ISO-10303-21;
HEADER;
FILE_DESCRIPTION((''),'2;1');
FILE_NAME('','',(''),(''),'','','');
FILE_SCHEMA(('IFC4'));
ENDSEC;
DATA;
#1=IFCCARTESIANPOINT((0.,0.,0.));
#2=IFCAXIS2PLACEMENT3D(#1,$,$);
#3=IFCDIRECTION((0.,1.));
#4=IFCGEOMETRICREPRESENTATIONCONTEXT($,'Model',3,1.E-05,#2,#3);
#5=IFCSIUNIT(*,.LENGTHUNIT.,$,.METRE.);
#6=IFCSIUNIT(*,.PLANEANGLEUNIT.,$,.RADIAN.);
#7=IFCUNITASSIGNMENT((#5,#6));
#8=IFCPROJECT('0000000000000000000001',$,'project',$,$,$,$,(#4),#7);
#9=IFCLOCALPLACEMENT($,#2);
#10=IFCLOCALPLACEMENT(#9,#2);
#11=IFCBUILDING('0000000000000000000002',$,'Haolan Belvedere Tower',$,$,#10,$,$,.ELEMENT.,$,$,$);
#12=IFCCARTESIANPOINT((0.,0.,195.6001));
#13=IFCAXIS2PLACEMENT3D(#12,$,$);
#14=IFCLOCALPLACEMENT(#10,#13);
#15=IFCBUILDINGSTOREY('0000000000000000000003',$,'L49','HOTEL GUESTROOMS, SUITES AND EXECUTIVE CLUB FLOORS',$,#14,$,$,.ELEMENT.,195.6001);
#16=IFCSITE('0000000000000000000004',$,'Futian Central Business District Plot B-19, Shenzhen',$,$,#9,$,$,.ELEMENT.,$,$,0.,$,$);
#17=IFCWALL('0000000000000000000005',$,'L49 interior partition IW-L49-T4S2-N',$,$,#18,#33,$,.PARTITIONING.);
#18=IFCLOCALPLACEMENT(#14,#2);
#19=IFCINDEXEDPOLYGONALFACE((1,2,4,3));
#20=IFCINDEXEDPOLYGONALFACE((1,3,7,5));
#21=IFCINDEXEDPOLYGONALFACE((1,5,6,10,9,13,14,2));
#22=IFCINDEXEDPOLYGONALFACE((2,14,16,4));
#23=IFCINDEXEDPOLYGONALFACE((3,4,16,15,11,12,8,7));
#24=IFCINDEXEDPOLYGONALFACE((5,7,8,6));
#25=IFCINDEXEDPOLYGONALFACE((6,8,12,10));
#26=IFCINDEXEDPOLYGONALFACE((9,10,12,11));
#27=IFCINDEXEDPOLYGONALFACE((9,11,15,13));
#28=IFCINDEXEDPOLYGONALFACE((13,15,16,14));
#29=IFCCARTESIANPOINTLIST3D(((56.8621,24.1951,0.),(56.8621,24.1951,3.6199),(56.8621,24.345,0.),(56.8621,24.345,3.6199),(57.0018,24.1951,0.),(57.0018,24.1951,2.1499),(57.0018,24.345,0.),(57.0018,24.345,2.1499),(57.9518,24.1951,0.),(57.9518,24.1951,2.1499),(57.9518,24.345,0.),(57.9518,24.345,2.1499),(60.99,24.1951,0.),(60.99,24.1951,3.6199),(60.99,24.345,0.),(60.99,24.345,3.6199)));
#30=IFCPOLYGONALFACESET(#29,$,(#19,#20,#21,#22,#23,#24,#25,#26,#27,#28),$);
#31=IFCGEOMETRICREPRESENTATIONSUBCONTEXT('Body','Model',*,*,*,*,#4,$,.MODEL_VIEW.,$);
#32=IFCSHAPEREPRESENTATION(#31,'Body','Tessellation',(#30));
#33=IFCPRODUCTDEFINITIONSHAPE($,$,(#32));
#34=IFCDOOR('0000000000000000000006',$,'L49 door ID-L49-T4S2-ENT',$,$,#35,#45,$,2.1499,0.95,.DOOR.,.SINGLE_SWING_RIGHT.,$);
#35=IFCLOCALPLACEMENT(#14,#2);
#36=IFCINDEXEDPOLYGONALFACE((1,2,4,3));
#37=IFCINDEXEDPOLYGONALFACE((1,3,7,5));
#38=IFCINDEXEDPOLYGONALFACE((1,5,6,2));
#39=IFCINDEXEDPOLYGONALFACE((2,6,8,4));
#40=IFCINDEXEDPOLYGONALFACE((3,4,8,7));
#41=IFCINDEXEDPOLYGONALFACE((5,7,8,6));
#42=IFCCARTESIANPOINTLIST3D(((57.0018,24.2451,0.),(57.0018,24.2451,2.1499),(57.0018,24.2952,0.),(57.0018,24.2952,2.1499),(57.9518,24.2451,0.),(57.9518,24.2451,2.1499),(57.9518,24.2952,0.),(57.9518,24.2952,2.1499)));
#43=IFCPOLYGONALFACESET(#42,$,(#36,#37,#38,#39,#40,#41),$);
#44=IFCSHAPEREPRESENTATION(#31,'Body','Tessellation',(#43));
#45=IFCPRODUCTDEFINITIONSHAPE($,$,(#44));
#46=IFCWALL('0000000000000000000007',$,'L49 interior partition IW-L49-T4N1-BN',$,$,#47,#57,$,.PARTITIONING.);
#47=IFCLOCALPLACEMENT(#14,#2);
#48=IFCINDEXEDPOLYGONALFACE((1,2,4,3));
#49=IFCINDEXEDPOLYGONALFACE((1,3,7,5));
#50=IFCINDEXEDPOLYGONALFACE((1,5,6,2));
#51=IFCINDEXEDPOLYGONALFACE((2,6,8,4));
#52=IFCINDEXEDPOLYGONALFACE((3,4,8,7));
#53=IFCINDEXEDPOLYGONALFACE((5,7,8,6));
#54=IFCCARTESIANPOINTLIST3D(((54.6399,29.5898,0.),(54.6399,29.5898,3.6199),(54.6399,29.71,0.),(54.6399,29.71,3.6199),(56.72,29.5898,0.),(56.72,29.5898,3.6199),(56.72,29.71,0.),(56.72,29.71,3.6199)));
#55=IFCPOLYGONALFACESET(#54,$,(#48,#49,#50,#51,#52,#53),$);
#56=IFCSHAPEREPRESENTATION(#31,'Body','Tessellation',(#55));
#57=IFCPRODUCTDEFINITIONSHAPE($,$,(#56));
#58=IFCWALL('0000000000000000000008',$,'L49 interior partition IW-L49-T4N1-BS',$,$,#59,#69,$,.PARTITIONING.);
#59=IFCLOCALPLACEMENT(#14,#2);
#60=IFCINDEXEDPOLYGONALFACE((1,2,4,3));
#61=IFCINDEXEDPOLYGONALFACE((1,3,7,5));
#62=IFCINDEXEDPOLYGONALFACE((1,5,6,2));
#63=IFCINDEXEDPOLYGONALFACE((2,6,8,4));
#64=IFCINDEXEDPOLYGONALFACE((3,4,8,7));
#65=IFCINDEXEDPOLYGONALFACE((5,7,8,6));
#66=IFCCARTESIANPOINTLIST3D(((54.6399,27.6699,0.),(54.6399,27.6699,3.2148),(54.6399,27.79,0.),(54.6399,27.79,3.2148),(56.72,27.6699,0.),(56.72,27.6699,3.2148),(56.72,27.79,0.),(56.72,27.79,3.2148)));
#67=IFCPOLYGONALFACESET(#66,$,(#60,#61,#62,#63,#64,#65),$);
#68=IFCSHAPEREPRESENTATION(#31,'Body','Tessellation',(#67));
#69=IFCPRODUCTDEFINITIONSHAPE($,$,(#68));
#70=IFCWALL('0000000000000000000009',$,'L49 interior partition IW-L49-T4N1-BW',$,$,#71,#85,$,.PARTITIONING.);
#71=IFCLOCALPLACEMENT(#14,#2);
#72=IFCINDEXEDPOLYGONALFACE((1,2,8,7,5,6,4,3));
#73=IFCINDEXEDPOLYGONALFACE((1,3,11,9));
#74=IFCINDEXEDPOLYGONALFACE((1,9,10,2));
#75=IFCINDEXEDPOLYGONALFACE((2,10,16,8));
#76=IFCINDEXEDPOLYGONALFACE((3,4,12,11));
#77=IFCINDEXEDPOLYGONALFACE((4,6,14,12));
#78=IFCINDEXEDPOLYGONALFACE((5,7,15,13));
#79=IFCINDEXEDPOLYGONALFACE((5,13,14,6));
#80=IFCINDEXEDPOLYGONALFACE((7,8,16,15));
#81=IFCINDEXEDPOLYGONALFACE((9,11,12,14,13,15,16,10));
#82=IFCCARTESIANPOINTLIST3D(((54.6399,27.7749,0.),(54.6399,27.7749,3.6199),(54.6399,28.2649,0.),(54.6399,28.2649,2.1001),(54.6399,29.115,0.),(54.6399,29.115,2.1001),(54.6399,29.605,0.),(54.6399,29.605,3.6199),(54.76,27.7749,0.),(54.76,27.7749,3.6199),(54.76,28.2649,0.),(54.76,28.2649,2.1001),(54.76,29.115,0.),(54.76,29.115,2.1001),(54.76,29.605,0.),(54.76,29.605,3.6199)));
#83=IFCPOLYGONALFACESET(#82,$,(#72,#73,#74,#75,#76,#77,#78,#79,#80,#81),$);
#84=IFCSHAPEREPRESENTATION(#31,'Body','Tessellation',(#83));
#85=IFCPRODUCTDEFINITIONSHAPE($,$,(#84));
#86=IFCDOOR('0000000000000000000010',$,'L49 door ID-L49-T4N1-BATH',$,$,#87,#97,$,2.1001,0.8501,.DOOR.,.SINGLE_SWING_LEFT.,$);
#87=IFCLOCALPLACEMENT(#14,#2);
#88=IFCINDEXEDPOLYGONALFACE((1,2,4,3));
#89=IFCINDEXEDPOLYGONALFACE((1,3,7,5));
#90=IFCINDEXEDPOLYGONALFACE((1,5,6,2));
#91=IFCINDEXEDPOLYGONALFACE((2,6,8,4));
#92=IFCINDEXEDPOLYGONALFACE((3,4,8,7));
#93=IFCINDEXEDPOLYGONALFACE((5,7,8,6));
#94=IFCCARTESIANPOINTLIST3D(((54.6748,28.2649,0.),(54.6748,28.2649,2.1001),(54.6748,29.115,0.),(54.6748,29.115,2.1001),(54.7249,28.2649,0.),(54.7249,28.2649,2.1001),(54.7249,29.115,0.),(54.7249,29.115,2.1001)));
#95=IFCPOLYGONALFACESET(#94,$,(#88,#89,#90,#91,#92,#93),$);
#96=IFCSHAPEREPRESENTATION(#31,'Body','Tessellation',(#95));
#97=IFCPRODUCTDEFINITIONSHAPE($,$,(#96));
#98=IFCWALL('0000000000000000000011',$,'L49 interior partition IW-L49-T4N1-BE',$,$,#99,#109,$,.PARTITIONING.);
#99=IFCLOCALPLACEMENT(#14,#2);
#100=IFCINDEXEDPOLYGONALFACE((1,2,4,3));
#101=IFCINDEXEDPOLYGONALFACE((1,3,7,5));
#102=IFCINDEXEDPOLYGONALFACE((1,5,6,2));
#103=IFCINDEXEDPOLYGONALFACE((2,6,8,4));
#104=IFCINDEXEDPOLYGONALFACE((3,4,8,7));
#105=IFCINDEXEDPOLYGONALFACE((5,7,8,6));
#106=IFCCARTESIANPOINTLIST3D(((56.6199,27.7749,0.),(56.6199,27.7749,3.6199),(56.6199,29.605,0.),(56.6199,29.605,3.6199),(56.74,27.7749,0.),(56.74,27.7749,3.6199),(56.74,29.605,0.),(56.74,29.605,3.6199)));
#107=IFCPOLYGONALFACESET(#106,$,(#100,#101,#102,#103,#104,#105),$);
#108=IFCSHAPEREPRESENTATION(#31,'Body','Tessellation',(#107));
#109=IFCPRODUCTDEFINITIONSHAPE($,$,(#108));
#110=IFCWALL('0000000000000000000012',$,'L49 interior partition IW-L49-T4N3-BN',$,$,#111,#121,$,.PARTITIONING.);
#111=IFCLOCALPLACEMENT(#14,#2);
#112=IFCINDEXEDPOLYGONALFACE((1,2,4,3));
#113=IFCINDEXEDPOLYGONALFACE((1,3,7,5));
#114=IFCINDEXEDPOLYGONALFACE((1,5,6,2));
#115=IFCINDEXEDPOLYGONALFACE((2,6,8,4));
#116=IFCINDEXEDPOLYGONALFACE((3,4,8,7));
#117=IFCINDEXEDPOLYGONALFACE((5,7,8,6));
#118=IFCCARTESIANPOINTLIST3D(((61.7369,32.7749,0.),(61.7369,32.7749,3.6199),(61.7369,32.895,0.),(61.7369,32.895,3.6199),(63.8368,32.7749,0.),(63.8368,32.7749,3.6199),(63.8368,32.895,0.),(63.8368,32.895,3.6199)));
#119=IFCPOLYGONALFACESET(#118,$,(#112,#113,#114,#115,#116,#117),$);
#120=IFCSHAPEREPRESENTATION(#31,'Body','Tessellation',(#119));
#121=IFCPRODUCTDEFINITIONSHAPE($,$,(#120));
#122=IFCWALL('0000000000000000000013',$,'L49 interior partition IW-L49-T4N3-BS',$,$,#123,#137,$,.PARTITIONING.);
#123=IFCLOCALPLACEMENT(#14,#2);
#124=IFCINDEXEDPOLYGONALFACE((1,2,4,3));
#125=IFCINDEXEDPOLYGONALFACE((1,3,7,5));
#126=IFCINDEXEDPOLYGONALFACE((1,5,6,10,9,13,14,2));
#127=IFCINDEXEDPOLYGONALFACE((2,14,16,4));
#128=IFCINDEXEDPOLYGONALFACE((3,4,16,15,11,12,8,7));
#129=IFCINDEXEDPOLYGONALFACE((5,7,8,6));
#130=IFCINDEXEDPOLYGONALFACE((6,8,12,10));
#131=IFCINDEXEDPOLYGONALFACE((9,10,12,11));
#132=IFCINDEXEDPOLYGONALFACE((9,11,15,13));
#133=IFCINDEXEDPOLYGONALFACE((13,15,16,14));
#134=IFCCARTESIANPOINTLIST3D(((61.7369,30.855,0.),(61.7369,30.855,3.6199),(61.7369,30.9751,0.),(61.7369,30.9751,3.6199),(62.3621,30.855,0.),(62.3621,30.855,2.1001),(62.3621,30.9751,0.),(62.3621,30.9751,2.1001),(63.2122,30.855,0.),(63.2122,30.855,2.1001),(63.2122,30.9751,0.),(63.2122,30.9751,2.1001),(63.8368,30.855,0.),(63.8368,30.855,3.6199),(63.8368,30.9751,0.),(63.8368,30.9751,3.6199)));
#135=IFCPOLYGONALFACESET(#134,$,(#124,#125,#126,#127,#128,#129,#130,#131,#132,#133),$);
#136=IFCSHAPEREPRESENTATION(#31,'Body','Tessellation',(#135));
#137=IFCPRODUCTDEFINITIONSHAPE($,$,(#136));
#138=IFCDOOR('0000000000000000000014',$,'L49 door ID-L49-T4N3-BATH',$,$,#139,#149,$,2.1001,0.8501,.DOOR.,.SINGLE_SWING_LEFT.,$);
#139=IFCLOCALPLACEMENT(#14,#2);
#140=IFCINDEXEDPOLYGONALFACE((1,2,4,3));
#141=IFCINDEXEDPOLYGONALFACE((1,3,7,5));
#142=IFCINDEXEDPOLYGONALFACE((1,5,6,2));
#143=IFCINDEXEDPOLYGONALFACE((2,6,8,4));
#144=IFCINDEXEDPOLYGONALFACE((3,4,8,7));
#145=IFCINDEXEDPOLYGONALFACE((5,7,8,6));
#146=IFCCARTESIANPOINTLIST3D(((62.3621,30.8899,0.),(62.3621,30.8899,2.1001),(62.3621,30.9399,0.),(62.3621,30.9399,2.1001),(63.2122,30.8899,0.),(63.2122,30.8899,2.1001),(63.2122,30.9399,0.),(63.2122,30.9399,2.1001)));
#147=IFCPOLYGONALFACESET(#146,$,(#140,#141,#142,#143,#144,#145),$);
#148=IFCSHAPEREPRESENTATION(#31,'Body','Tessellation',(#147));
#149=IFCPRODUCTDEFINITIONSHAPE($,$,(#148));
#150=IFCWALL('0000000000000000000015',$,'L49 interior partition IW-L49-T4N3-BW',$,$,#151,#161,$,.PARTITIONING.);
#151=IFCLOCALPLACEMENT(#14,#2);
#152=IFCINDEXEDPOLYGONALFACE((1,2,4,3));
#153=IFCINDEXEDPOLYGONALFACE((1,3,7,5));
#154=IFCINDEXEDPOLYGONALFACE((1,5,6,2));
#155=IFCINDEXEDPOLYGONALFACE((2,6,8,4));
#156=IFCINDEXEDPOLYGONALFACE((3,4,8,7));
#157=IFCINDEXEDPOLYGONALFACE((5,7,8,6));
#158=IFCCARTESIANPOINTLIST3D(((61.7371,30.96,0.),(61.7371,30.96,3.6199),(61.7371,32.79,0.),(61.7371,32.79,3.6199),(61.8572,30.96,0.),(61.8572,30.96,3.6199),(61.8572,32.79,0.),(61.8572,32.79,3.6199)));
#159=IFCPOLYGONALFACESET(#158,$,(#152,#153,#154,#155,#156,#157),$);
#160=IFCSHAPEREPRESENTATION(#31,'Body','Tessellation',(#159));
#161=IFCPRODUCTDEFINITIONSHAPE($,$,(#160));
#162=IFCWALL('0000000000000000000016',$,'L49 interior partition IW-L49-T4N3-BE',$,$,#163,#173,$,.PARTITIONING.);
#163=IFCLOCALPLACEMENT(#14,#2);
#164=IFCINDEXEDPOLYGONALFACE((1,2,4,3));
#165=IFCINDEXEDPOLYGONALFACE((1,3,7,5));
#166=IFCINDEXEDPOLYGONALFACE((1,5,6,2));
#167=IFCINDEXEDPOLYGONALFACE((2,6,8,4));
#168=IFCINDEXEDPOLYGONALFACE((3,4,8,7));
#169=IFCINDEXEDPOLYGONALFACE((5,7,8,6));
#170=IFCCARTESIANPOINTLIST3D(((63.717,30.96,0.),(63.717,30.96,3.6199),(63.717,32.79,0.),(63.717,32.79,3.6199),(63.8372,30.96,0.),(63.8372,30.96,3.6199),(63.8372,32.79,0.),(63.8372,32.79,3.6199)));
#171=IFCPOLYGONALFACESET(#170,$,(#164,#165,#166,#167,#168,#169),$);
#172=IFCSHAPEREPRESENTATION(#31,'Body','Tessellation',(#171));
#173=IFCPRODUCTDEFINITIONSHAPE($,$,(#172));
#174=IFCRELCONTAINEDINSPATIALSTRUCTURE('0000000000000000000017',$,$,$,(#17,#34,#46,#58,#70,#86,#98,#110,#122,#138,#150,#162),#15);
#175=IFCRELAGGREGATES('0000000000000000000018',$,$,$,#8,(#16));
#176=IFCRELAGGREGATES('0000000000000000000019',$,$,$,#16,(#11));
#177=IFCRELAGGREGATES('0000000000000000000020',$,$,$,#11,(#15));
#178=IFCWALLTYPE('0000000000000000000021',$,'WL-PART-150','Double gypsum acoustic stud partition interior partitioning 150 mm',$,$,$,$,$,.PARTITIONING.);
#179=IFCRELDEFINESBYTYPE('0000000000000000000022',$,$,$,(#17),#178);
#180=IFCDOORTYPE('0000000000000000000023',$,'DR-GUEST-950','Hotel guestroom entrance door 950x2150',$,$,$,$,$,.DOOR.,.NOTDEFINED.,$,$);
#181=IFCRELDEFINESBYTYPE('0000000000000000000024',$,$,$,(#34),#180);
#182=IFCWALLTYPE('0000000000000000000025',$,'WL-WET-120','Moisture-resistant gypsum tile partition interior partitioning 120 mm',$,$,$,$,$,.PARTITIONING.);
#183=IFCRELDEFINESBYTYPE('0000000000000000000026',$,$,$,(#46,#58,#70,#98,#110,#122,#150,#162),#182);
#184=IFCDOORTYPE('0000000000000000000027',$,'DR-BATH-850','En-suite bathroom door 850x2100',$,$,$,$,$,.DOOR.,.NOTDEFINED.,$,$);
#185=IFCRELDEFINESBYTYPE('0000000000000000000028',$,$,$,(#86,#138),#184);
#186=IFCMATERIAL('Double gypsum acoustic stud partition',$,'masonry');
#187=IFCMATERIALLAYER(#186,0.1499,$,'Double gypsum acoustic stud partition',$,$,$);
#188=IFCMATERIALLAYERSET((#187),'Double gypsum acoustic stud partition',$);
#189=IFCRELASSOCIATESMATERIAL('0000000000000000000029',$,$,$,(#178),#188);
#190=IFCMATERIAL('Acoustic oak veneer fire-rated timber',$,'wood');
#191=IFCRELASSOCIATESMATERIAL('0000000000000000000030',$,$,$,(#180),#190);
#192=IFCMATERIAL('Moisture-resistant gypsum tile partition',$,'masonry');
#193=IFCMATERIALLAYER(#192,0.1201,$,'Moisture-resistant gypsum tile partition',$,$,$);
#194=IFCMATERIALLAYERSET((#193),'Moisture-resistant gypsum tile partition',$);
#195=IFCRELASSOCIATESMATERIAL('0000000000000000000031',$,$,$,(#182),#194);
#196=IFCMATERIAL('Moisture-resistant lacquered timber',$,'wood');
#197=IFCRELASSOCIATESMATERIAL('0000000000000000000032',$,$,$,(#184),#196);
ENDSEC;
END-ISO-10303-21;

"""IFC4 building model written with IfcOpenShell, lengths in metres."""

from ifc_helpers import new_model, si_unit, direction, frame, frame_2d, origin, place, context, subcontext, project, spatial, rectangle, extrude, material, layer, layer_set, type_object, element, fill, save


model = new_model("IFC4")

# Units and contexts
model_context = context("Model", 3, precision=1e-05, world=origin(), true_north=direction((0.0, 1.0)))
body_context = subcontext(model_context, "Body", "Model", "MODEL_VIEW")
ifc_project = project(units=[si_unit("LENGTHUNIT", "METRE"), si_unit("PLANEANGLEUNIT", "RADIAN")], contexts=[model_context])

# Site, building, storey
site_placement = place(None, origin())
site = spatial("IfcSite", under=ifc_project, at=site_placement, Name="Futian Central Business District Plot B-19, Shenzhen", CompositionType="ELEMENT", RefElevation=0.0)
building_placement = place(site_placement, origin())
building = spatial("IfcBuilding", under=site, at=building_placement, Name="Haolan Belvedere Tower", CompositionType="ELEMENT")
storey_placement = place(building_placement, frame((0.0, 0.0, 195.6001)))
storey = spatial("IfcBuildingStorey", under=building, at=storey_placement, Name="L49", Description="HOTEL GUESTROOMS, SUITES AND EXECUTIVE CLUB FLOORS", CompositionType="ELEMENT", Elevation=195.6001)

# Shared definitions
ifc_material_1 = material(Name="Double gypsum acoustic stud partition", Category="masonry")
ifc_layer_1 = layer(ifc_material_1, 0.1499, Name="Double gypsum acoustic stud partition")
ifc_layer_set_1 = layer_set([ifc_layer_1], Name="Double gypsum acoustic stud partition")
wall_type_1 = type_object("IfcWallType", Name="WL-PART-150", Description="Double gypsum acoustic stud partition interior partitioning 150 mm", PredefinedType="PARTITIONING", material=ifc_layer_set_1)

# Wall, opening, door
ifc_material_2 = material(Name="Acoustic oak veneer fire-rated timber", Category="wood")
door_type_1 = type_object("IfcDoorType", Name="DR-GUEST-950", Description="Hotel guestroom entrance door 950x2150", OperationType="NOTDEFINED", PredefinedType="DOOR", material=ifc_material_2)
wall_1_placement = place(storey_placement, frame((56.8621, 24.27, 0.0), z_axis=(0.0, 0.0, 1.0), x_axis=(1.0, 0.0, 0.0)))
wall_1 = element("IfcWall", 1, at=wall_1_placement, inside=storey, type_object=wall_type_1, Name="L49 interior partition IW-L49-T4S2-N", PredefinedType="PARTITIONING", context=body_context, shape_type="SweptSolid", body=[
    extrude(rectangle(XDim=4.1279, YDim=0.1499, at=frame_2d((2.064, 0.0))), origin(), (0.0, 0.0, 1.0), 3.6199),
])
opening_1_placement = place(wall_1_placement, frame((1.0898, 0.0, 0.0), z_axis=(0.0, 0.0, 1.0), x_axis=(-1.0, 0.0, 0.0)))
opening_1 = element("IfcOpeningElement", 2, at=opening_1_placement, cuts=wall_1, PredefinedType="OPENING", context=body_context, shape_type="SweptSolid", body=[
    extrude(rectangle(XDim=0.95, YDim=2.1499, at=frame_2d((0.4751, 1.075))), frame((0.0, 0.085, 0.0), z_axis=(0.0, -1.0, 0.0), x_axis=(1.0, 0.0, 0.0)), (0.0, 0.0, 1.0), 0.1699),
])
door_1_placement = place(opening_1_placement, origin())
door_1 = element("IfcDoor", 3, at=door_1_placement, inside=storey, type_object=door_type_1, Name="L49 door ID-L49-T4S2-ENT", OperationType="SINGLE_SWING_RIGHT", OverallHeight=2.1499, OverallWidth=0.95, PredefinedType="DOOR", context=body_context, shape_type="SweptSolid", body=[
    extrude(rectangle(XDim=0.95, YDim=2.1499, at=frame_2d((0.4751, 1.075))), frame((0.0, 0.0249, 0.0), z_axis=(0.0, -1.0, 0.0), x_axis=(1.0, 0.0, 0.0)), (0.0, 0.0, 1.0), 0.05),
])
fill(opening_1, door_1)

# Walls
ifc_material_3 = material(Name="Moisture-resistant gypsum tile partition", Category="masonry")
ifc_layer_2 = layer(ifc_material_3, 0.1201, Name="Moisture-resistant gypsum tile partition")
ifc_layer_set_2 = layer_set([ifc_layer_2], Name="Moisture-resistant gypsum tile partition")
wall_type_2 = type_object("IfcWallType", Name="WL-WET-120", Description="Moisture-resistant gypsum tile partition interior partitioning 120 mm", PredefinedType="PARTITIONING", material=ifc_layer_set_2)
wall_2_placement = place(storey_placement, frame((54.6399, 29.6499, 0.0), z_axis=(0.0, 0.0, 1.0), x_axis=(1.0, 0.0, 0.0)))
element("IfcWall", 4, at=wall_2_placement, inside=storey, type_object=wall_type_2, Name="L49 interior partition IW-L49-T4N1-BN", PredefinedType="PARTITIONING", context=body_context, shape_type="SweptSolid", body=[
    extrude(rectangle(XDim=2.0801, YDim=0.1201, at=frame_2d((1.04, 0.0))), origin(), (0.0, 0.0, 1.0), 3.6199),
])
wall_3_placement = place(storey_placement, frame((54.6399, 27.73, 0.0), z_axis=(0.0, 0.0, 1.0), x_axis=(1.0, 0.0, 0.0)))
element("IfcWall", 5, at=wall_3_placement, inside=storey, type_object=wall_type_2, Name="L49 interior partition IW-L49-T4N1-BS", PredefinedType="PARTITIONING", context=body_context, shape_type="SweptSolid", body=[
    extrude(rectangle(XDim=2.0801, YDim=0.1201, at=frame_2d((1.04, 0.0))), origin(), (0.0, 0.0, 1.0), 3.2148),
])

# Wall, opening, door
wall_4_placement = place(storey_placement, frame((54.7, 27.7749, 0.0), z_axis=(0.0, 0.0, 1.0), x_axis=(0.0, 1.0, 0.0)))
wall_4 = element("IfcWall", 6, at=wall_4_placement, inside=storey, type_object=wall_type_2, Name="L49 interior partition IW-L49-T4N1-BW", PredefinedType="PARTITIONING", context=body_context, shape_type="SweptSolid", body=[
    extrude(rectangle(XDim=1.8301, YDim=0.1201, at=frame_2d((0.915, 0.0))), origin(), (0.0, 0.0, 1.0), 3.6199),
])
opening_2_placement = place(wall_4_placement, frame((1.3401, 0.0, 0.0), z_axis=(0.0, 0.0, 1.0), x_axis=(-1.0, 0.0, 0.0)))
opening_2 = element("IfcOpeningElement", 7, at=opening_2_placement, cuts=wall_4, PredefinedType="OPENING", context=body_context, shape_type="SweptSolid", body=[
    extrude(rectangle(XDim=0.8501, YDim=2.1001, at=frame_2d((0.425, 1.05))), frame((0.0, 0.0701, 0.0), z_axis=(0.0, -1.0, 0.0), x_axis=(1.0, 0.0, 0.0)), (0.0, 0.0, 1.0), 0.1401),
])
ifc_material_4 = material(Name="Moisture-resistant lacquered timber", Category="wood")
door_type_2 = type_object("IfcDoorType", Name="DR-BATH-850", Description="En-suite bathroom door 850x2100", OperationType="NOTDEFINED", PredefinedType="DOOR", material=ifc_material_4)
door_2_placement = place(opening_2_placement, origin())
door_2 = element("IfcDoor", 8, at=door_2_placement, inside=storey, type_object=door_type_2, Name="L49 door ID-L49-T4N1-BATH", OperationType="SINGLE_SWING_LEFT", OverallHeight=2.1001, OverallWidth=0.8501, PredefinedType="DOOR", context=body_context, shape_type="SweptSolid", body=[
    extrude(rectangle(XDim=0.8501, YDim=2.1001, at=frame_2d((0.425, 1.05))), frame((0.0, 0.0249, 0.0), z_axis=(0.0, -1.0, 0.0), x_axis=(1.0, 0.0, 0.0)), (0.0, 0.0, 1.0), 0.05),
])
fill(opening_2, door_2)

# Walls
wall_5_placement = place(storey_placement, frame((56.6799, 27.7749, 0.0), z_axis=(0.0, 0.0, 1.0), x_axis=(0.0, 1.0, 0.0)))
element("IfcWall", 9, at=wall_5_placement, inside=storey, type_object=wall_type_2, Name="L49 interior partition IW-L49-T4N1-BE", PredefinedType="PARTITIONING", context=body_context, shape_type="SweptSolid", body=[
    extrude(rectangle(XDim=1.8301, YDim=0.1201, at=frame_2d((0.915, 0.0))), origin(), (0.0, 0.0, 1.0), 3.6199),
])
wall_6_placement = place(storey_placement, frame((61.7371, 32.835, 0.0), z_axis=(0.0, 0.0, 1.0), x_axis=(1.0, 0.0, 0.0)))
element("IfcWall", 10, at=wall_6_placement, inside=storey, type_object=wall_type_2, Name="L49 interior partition IW-L49-T4N3-BN", PredefinedType="PARTITIONING", context=body_context, shape_type="SweptSolid", body=[
    extrude(rectangle(XDim=2.0999, YDim=0.1201, at=frame_2d((1.0498, 0.0))), origin(), (0.0, 0.0, 1.0), 3.6199),
])

# Wall, opening, door
wall_7_placement = place(storey_placement, frame((61.7371, 30.915, 0.0), z_axis=(0.0, 0.0, 1.0), x_axis=(1.0, 0.0, 0.0)))
wall_7 = element("IfcWall", 11, at=wall_7_placement, inside=storey, type_object=wall_type_2, Name="L49 interior partition IW-L49-T4N3-BS", PredefinedType="PARTITIONING", context=body_context, shape_type="SweptSolid", body=[
    extrude(rectangle(XDim=2.0999, YDim=0.1201, at=frame_2d((1.0498, 0.0))), origin(), (0.0, 0.0, 1.0), 3.6199),
])
opening_3_placement = place(wall_7_placement, frame((0.625, 0.0, 0.0)))
opening_3 = element("IfcOpeningElement", 12, at=opening_3_placement, cuts=wall_7, PredefinedType="OPENING", context=body_context, shape_type="SweptSolid", body=[
    extrude(rectangle(XDim=0.8501, YDim=2.1001, at=frame_2d((0.425, 1.05))), frame((0.0, 0.0701, 0.0), z_axis=(0.0, -1.0, 0.0), x_axis=(1.0, 0.0, 0.0)), (0.0, 0.0, 1.0), 0.1401),
])
door_3_placement = place(opening_3_placement, origin())
door_3 = element("IfcDoor", 13, at=door_3_placement, inside=storey, type_object=door_type_2, Name="L49 door ID-L49-T4N3-BATH", OperationType="SINGLE_SWING_LEFT", OverallHeight=2.1001, OverallWidth=0.8501, PredefinedType="DOOR", context=body_context, shape_type="SweptSolid", body=[
    extrude(rectangle(XDim=0.8501, YDim=2.1001, at=frame_2d((0.425, 1.05))), frame((0.0, 0.0249, 0.0), z_axis=(0.0, -1.0, 0.0), x_axis=(1.0, 0.0, 0.0)), (0.0, 0.0, 1.0), 0.05),
])
fill(opening_3, door_3)

# Walls
for number, where, z_axis, x_axis, name in (
    (14, (61.7971, 30.96, 0.0), (0.0, 0.0, 1.0), (0.0, 1.0, 0.0), "L49 interior partition IW-L49-T4N3-BW"),
    (15, (63.7771, 30.96, 0.0), (0.0, 0.0, 1.0), (0.0, 1.0, 0.0), "L49 interior partition IW-L49-T4N3-BE"),
):
    element("IfcWall", number, at=place(storey_placement, frame(where, z_axis=z_axis, x_axis=x_axis)), inside=storey, type_object=wall_type_2, Name=name, PredefinedType="PARTITIONING", context=body_context, shape_type="SweptSolid", body=[
        extrude(rectangle(XDim=1.8301, YDim=0.1201, at=frame_2d((0.915, 0.0))), origin(), (0.0, 0.0, 1.0), 3.6199),
    ])

save(model, "model.ifc")
